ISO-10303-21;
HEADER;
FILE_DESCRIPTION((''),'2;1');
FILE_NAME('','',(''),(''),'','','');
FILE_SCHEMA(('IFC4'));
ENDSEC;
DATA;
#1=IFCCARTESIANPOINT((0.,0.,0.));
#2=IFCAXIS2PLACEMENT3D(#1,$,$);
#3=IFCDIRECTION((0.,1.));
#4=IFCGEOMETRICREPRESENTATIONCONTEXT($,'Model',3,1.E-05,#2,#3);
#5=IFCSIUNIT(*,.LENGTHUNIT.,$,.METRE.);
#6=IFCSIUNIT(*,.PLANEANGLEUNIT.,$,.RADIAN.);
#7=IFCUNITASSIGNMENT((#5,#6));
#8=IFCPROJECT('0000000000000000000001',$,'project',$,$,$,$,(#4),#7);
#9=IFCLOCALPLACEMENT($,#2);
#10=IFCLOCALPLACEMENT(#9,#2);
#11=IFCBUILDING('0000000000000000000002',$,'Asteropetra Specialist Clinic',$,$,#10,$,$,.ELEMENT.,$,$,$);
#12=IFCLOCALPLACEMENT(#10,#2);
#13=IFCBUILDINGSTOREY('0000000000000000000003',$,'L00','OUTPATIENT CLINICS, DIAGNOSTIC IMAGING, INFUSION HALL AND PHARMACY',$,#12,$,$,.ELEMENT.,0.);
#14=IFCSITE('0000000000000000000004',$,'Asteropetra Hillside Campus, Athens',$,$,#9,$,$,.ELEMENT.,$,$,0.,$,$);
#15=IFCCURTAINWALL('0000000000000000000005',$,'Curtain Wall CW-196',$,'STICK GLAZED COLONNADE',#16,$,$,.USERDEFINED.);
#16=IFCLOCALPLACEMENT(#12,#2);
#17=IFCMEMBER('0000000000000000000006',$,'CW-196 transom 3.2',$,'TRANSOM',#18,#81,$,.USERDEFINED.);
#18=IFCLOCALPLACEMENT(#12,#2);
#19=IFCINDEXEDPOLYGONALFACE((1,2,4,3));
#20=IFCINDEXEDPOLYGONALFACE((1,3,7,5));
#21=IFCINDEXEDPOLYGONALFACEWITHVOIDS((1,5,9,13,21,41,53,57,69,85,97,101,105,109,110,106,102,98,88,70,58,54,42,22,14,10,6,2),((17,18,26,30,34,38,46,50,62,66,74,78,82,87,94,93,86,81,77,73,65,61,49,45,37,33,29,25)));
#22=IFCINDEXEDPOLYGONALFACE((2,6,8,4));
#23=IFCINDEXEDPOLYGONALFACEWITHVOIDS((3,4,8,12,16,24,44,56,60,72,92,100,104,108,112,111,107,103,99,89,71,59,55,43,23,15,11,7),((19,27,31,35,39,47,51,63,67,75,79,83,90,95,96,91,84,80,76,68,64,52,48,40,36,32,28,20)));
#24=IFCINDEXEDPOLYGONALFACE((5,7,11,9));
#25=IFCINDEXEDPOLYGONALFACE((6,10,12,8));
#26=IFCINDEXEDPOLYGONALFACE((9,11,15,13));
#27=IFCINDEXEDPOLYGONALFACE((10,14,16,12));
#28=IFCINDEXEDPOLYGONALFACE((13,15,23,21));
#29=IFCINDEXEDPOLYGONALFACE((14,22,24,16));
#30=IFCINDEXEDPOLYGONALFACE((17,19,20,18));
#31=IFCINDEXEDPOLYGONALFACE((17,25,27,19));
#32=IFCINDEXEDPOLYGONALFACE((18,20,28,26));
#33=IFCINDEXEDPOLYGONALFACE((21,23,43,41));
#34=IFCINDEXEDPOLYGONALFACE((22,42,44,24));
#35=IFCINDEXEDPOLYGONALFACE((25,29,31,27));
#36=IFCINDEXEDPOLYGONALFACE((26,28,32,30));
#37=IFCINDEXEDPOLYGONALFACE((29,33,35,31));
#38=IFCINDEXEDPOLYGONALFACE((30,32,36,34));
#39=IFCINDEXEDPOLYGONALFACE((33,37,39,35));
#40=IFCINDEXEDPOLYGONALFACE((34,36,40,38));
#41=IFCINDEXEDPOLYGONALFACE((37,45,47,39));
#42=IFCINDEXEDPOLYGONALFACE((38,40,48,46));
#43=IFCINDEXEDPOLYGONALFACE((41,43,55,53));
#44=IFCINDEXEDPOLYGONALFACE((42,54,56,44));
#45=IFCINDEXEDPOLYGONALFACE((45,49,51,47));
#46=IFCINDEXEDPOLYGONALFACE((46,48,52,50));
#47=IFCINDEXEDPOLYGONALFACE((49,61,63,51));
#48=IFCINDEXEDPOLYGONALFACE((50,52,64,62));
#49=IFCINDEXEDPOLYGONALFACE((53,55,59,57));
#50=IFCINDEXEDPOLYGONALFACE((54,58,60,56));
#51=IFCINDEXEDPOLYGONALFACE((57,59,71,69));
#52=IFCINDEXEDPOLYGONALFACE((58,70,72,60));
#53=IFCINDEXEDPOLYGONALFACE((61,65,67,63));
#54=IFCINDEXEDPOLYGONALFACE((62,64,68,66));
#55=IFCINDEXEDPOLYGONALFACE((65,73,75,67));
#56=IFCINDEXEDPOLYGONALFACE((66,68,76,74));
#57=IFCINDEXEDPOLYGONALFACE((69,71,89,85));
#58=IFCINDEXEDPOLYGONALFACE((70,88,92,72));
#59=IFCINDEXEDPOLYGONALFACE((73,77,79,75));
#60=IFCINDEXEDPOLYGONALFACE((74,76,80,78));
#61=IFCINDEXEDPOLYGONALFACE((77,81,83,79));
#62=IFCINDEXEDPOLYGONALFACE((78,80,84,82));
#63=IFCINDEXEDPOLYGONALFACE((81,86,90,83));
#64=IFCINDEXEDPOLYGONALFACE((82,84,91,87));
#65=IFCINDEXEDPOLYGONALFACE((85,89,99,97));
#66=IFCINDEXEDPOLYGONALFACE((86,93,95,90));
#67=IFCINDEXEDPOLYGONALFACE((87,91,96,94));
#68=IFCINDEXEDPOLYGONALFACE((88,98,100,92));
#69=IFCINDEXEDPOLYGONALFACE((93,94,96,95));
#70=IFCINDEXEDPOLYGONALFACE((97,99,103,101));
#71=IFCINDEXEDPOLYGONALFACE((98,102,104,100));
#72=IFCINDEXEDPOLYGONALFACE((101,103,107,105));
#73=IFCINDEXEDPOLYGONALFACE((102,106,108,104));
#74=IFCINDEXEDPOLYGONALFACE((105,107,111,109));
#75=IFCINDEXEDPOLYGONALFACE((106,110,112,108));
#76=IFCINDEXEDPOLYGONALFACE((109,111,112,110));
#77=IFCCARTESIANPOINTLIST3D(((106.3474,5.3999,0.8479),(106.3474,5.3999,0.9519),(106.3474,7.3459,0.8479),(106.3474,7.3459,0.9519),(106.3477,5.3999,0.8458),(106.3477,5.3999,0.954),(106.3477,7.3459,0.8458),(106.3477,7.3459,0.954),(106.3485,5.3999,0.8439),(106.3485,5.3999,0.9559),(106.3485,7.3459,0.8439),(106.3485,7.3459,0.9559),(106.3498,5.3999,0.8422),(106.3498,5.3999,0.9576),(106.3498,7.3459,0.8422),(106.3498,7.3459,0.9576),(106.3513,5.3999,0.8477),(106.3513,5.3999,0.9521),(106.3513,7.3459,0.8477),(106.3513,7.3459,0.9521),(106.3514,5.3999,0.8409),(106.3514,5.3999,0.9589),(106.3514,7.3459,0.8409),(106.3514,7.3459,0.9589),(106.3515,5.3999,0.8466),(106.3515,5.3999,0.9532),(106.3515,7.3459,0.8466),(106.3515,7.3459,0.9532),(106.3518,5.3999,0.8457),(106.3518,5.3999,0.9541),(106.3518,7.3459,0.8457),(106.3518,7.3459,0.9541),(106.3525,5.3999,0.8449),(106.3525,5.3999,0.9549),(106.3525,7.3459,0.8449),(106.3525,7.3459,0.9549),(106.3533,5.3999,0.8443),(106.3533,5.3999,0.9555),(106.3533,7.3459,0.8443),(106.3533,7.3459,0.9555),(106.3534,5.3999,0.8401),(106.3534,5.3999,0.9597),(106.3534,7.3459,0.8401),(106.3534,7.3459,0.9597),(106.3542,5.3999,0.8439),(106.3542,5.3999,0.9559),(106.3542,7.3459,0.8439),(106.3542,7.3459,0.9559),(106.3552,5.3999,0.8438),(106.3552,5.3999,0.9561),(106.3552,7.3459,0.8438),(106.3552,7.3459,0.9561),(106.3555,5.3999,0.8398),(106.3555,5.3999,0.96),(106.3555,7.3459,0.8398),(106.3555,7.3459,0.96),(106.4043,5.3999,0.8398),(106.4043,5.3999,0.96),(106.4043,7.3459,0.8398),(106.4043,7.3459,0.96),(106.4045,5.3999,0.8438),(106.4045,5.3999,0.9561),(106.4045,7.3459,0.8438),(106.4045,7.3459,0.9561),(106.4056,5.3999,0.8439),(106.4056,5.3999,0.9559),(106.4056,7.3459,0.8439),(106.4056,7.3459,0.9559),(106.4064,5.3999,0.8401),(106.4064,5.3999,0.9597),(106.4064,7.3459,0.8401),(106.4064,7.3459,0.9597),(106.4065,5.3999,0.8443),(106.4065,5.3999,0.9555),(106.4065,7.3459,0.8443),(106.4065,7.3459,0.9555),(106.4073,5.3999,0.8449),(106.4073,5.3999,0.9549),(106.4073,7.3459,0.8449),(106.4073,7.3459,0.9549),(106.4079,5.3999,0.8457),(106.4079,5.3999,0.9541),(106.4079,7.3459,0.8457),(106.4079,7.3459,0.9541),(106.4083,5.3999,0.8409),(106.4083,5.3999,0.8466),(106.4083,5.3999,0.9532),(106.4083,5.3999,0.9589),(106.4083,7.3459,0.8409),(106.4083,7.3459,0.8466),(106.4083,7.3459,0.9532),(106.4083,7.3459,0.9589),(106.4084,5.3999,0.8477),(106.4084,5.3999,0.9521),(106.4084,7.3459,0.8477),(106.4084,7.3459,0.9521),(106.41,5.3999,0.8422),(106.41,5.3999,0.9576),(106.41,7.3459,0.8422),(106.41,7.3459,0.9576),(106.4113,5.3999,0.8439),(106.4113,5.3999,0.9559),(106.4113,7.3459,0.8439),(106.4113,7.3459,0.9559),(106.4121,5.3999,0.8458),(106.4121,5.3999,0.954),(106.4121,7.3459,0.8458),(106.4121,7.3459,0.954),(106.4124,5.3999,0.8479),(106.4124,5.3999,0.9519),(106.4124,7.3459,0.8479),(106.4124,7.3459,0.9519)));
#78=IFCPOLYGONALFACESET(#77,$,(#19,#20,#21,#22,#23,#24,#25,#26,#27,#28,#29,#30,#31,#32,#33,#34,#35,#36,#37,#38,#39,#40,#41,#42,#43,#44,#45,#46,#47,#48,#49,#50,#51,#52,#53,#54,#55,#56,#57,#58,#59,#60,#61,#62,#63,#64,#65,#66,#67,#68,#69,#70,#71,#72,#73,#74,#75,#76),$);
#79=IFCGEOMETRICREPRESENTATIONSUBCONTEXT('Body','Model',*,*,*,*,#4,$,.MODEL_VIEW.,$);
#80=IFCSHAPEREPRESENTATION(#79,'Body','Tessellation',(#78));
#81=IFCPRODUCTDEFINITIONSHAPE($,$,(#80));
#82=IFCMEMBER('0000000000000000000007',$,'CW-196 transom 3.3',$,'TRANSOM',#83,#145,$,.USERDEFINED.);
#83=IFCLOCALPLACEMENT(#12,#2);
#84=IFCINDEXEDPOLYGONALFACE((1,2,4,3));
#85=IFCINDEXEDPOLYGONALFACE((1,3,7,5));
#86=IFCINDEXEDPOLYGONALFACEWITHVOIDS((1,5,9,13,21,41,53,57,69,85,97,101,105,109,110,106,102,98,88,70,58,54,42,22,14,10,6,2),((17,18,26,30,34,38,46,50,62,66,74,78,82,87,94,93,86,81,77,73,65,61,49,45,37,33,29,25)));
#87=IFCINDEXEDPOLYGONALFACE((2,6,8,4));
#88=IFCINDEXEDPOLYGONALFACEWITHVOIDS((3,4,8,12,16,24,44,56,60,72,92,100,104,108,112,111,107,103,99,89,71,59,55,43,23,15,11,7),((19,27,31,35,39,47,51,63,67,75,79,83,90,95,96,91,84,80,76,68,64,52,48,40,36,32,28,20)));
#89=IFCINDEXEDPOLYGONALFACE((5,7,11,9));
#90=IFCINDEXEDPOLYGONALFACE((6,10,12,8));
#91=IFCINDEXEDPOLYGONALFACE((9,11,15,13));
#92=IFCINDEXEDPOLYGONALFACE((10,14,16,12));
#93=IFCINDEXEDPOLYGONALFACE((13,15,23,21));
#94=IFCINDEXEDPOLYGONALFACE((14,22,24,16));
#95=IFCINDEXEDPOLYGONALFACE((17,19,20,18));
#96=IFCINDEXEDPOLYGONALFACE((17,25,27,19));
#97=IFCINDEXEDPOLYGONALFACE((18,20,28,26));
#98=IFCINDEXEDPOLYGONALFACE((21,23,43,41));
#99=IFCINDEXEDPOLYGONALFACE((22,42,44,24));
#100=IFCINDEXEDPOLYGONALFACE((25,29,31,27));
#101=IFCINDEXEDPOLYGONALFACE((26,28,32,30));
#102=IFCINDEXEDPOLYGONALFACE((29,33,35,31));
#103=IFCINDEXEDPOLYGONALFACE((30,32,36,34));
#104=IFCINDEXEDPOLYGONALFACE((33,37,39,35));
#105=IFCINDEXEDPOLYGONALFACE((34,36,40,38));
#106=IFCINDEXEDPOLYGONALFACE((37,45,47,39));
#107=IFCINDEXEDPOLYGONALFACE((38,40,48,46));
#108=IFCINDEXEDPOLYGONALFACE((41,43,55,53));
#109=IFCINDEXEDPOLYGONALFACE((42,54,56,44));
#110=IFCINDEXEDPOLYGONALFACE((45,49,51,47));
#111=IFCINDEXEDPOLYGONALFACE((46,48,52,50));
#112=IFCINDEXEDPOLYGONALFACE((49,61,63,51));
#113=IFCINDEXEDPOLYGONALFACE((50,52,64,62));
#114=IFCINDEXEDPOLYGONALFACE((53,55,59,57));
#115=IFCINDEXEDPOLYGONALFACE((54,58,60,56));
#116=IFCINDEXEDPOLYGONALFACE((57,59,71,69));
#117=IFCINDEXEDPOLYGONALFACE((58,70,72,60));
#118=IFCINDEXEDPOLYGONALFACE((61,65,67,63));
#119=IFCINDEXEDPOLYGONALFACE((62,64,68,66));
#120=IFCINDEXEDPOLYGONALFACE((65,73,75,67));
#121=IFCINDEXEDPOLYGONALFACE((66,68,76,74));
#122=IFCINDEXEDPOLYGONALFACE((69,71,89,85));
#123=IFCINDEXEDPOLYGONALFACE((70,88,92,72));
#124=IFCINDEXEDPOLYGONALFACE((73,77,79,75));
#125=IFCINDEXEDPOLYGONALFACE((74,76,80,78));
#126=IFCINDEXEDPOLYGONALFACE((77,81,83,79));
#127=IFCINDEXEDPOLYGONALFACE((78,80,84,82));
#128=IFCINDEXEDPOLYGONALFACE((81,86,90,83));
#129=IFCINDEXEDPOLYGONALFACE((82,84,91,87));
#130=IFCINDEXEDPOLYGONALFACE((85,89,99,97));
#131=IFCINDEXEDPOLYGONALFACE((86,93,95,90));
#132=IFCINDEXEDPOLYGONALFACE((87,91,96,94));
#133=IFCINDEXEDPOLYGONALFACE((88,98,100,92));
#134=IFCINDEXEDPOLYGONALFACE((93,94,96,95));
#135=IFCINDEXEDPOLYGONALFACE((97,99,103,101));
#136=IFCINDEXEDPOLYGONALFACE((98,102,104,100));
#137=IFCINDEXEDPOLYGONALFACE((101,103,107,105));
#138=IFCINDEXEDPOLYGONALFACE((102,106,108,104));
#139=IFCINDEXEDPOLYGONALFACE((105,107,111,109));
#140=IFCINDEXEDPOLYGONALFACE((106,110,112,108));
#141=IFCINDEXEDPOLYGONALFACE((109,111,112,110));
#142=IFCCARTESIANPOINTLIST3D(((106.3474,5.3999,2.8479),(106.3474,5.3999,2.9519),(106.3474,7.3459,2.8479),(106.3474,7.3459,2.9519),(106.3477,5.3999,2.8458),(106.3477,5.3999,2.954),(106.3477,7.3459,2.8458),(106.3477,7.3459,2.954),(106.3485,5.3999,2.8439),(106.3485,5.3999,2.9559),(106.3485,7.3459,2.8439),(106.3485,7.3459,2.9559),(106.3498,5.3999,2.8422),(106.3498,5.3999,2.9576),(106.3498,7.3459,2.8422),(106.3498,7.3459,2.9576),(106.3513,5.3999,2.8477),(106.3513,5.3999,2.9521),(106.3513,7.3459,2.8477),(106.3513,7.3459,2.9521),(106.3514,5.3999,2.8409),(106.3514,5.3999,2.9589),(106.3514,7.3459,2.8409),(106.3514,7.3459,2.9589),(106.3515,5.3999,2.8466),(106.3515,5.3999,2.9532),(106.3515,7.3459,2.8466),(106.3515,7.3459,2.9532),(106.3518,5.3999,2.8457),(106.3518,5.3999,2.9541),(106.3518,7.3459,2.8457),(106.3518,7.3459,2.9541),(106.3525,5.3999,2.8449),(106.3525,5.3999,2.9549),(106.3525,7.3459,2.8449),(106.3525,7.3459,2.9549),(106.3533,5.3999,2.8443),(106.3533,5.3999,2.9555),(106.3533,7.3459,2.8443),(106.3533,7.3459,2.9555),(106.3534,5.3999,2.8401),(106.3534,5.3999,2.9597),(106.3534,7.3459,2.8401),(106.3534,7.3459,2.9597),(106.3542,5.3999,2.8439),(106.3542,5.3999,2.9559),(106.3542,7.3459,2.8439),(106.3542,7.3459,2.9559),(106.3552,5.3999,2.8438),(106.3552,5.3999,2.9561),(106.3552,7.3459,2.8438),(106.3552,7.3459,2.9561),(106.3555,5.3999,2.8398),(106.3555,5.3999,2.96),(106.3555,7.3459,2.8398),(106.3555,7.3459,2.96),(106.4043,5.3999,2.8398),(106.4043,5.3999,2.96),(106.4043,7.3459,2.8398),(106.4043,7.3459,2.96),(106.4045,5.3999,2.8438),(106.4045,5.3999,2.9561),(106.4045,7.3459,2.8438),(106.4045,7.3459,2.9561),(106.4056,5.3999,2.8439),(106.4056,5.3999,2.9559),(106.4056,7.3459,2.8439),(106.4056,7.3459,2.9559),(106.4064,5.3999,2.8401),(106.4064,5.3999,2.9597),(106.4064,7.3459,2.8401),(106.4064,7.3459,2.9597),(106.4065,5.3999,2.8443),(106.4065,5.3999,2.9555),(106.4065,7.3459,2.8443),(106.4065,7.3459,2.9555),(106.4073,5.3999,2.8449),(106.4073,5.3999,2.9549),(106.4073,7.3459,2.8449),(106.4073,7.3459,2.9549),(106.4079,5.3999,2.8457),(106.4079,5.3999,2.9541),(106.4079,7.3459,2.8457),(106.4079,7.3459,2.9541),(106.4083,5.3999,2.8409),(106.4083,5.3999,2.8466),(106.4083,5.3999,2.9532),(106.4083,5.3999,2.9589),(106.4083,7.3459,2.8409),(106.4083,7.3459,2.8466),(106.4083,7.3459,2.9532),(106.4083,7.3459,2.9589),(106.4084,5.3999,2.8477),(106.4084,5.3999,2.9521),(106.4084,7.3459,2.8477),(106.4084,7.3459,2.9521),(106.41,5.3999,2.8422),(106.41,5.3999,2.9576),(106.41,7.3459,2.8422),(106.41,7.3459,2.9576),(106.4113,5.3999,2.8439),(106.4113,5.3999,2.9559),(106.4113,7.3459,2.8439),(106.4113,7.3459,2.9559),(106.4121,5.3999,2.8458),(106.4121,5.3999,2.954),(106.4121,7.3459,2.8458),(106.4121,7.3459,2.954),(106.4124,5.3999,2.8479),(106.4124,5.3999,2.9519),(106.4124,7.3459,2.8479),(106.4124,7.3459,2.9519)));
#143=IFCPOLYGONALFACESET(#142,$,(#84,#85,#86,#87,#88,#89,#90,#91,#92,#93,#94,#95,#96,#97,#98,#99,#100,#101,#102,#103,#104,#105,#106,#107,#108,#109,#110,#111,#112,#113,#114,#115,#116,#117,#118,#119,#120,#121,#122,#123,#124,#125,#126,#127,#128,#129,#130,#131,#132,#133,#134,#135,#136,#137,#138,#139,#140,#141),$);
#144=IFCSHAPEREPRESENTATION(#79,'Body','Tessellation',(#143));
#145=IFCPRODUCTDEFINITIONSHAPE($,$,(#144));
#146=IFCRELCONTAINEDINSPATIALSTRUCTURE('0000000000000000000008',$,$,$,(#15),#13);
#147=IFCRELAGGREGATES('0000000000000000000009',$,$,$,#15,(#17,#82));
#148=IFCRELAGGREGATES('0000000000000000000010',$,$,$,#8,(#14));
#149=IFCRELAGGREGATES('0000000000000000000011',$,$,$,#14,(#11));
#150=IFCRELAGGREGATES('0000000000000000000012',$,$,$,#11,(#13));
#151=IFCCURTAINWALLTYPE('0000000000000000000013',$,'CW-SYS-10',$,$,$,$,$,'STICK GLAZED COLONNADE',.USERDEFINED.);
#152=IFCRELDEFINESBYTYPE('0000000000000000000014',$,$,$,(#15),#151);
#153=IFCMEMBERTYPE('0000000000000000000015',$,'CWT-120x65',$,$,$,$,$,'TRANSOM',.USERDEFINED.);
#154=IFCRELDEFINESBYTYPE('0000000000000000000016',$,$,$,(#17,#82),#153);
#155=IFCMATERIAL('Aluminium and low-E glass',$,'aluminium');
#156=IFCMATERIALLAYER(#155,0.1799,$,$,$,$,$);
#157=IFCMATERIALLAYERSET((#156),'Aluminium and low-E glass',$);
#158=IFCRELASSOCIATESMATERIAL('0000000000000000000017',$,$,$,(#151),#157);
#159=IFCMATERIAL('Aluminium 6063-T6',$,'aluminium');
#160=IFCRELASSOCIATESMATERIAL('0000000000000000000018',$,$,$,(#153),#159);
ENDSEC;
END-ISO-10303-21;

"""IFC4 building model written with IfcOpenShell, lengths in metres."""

from ifc_helpers import new_model, si_unit, direction, frame, origin, origin_2d, place, context, subcontext, project, spatial, hollow_rectangle, extrude, material, layer, layer_set, material_profile, profile_set, type_object, element, aggregate, save


model = new_model("IFC4")

# Units and contexts
model_context = context("Model", 3, precision=1e-05, world=origin(), true_north=direction((0.0, 1.0)))
body_context = subcontext(model_context, "Body", "Model", "MODEL_VIEW")
ifc_project = project(units=[si_unit("LENGTHUNIT", "METRE"), si_unit("PLANEANGLEUNIT", "RADIAN")], contexts=[model_context])

# Site, building, storey
site_placement = place(None, origin())
site = spatial("IfcSite", under=ifc_project, at=site_placement, Name="Asteropetra Hillside Campus, Athens", CompositionType="ELEMENT", RefElevation=0.0)
building_placement = place(site_placement, origin())
building = spatial("IfcBuilding", under=site, at=building_placement, Name="Asteropetra Specialist Clinic", CompositionType="ELEMENT")
storey_placement = place(building_placement, origin())
storey = spatial("IfcBuildingStorey", under=building, at=storey_placement, Name="L00", Description="OUTPATIENT CLINICS, DIAGNOSTIC IMAGING, INFUSION HALL AND PHARMACY", CompositionType="ELEMENT", Elevation=0.0)

# Curtain wall, members
ifc_material_1 = material(Name="Aluminium and low-E glass", Category="aluminium")
ifc_layer_1 = layer(ifc_material_1, 0.1799)
ifc_layer_set_1 = layer_set([ifc_layer_1], Name="Aluminium and low-E glass")
curtain_wall_type = type_object("IfcCurtainWallType", Name="CW-SYS-10", ElementType="STICK GLAZED COLONNADE", PredefinedType="USERDEFINED", material=ifc_layer_set_1)
curtain_wall_placement = place(storey_placement, origin())
curtain_wall = element("IfcCurtainWall", 1, at=curtain_wall_placement, inside=storey, type_object=curtain_wall_type, Name="Curtain Wall CW-196", ObjectType="STICK GLAZED COLONNADE", PredefinedType="USERDEFINED")
ifc_material_2 = material(Name="Aluminium 6063-T6", Category="aluminium")
ifc_material_profile_1 = material_profile(ifc_material_2, hollow_rectangle(XDim=0.0649, YDim=0.1201, WallThickness=0.0039, InnerFilletRadius=0.0039, OuterFilletRadius=0.0081, at=origin_2d()), Name="TRN 120x65x4.0")
ifc_profile_set_1 = profile_set([ifc_material_profile_1], Name="Aluminium 6063-T6")
member_type_1 = type_object("IfcMemberType", Name="CWT-120x65", ElementType="TRANSOM", PredefinedType="USERDEFINED", material=ifc_profile_set_1)
member_1_placement = place(storey_placement, frame((106.3799, 7.3459, 0.8999), z_axis=(0.0, -1.0, 0.0), x_axis=(1.0, 0.0, 0.0)))
member_1 = element("IfcMember", 2, at=member_1_placement, type_object=member_type_1, Name="CW-196 transom 3.2", ObjectType="TRANSOM", PredefinedType="USERDEFINED", context=body_context, shape_type="SweptSolid", body=[
    extrude(hollow_rectangle(XDim=0.0649, YDim=0.1201, WallThickness=0.0039, InnerFilletRadius=0.0039, OuterFilletRadius=0.0081, at=origin_2d()), origin(), (0.0, 0.0, 1.0), 1.946),
])
member_2_placement = place(storey_placement, frame((106.3799, 7.3459, 2.8999), z_axis=(0.0, -1.0, 0.0), x_axis=(1.0, 0.0, 0.0)))
member_2 = element("IfcMember", 3, at=member_2_placement, type_object=member_type_1, Name="CW-196 transom 3.3", ObjectType="TRANSOM", PredefinedType="USERDEFINED", context=body_context, shape_type="SweptSolid", body=[
    extrude(hollow_rectangle(XDim=0.0649, YDim=0.1201, WallThickness=0.0039, InnerFilletRadius=0.0039, OuterFilletRadius=0.0081, at=origin_2d()), origin(), (0.0, 0.0, 1.0), 1.946),
])
aggregate(curtain_wall, [member_1, member_2])

save(model, "model.ifc")
